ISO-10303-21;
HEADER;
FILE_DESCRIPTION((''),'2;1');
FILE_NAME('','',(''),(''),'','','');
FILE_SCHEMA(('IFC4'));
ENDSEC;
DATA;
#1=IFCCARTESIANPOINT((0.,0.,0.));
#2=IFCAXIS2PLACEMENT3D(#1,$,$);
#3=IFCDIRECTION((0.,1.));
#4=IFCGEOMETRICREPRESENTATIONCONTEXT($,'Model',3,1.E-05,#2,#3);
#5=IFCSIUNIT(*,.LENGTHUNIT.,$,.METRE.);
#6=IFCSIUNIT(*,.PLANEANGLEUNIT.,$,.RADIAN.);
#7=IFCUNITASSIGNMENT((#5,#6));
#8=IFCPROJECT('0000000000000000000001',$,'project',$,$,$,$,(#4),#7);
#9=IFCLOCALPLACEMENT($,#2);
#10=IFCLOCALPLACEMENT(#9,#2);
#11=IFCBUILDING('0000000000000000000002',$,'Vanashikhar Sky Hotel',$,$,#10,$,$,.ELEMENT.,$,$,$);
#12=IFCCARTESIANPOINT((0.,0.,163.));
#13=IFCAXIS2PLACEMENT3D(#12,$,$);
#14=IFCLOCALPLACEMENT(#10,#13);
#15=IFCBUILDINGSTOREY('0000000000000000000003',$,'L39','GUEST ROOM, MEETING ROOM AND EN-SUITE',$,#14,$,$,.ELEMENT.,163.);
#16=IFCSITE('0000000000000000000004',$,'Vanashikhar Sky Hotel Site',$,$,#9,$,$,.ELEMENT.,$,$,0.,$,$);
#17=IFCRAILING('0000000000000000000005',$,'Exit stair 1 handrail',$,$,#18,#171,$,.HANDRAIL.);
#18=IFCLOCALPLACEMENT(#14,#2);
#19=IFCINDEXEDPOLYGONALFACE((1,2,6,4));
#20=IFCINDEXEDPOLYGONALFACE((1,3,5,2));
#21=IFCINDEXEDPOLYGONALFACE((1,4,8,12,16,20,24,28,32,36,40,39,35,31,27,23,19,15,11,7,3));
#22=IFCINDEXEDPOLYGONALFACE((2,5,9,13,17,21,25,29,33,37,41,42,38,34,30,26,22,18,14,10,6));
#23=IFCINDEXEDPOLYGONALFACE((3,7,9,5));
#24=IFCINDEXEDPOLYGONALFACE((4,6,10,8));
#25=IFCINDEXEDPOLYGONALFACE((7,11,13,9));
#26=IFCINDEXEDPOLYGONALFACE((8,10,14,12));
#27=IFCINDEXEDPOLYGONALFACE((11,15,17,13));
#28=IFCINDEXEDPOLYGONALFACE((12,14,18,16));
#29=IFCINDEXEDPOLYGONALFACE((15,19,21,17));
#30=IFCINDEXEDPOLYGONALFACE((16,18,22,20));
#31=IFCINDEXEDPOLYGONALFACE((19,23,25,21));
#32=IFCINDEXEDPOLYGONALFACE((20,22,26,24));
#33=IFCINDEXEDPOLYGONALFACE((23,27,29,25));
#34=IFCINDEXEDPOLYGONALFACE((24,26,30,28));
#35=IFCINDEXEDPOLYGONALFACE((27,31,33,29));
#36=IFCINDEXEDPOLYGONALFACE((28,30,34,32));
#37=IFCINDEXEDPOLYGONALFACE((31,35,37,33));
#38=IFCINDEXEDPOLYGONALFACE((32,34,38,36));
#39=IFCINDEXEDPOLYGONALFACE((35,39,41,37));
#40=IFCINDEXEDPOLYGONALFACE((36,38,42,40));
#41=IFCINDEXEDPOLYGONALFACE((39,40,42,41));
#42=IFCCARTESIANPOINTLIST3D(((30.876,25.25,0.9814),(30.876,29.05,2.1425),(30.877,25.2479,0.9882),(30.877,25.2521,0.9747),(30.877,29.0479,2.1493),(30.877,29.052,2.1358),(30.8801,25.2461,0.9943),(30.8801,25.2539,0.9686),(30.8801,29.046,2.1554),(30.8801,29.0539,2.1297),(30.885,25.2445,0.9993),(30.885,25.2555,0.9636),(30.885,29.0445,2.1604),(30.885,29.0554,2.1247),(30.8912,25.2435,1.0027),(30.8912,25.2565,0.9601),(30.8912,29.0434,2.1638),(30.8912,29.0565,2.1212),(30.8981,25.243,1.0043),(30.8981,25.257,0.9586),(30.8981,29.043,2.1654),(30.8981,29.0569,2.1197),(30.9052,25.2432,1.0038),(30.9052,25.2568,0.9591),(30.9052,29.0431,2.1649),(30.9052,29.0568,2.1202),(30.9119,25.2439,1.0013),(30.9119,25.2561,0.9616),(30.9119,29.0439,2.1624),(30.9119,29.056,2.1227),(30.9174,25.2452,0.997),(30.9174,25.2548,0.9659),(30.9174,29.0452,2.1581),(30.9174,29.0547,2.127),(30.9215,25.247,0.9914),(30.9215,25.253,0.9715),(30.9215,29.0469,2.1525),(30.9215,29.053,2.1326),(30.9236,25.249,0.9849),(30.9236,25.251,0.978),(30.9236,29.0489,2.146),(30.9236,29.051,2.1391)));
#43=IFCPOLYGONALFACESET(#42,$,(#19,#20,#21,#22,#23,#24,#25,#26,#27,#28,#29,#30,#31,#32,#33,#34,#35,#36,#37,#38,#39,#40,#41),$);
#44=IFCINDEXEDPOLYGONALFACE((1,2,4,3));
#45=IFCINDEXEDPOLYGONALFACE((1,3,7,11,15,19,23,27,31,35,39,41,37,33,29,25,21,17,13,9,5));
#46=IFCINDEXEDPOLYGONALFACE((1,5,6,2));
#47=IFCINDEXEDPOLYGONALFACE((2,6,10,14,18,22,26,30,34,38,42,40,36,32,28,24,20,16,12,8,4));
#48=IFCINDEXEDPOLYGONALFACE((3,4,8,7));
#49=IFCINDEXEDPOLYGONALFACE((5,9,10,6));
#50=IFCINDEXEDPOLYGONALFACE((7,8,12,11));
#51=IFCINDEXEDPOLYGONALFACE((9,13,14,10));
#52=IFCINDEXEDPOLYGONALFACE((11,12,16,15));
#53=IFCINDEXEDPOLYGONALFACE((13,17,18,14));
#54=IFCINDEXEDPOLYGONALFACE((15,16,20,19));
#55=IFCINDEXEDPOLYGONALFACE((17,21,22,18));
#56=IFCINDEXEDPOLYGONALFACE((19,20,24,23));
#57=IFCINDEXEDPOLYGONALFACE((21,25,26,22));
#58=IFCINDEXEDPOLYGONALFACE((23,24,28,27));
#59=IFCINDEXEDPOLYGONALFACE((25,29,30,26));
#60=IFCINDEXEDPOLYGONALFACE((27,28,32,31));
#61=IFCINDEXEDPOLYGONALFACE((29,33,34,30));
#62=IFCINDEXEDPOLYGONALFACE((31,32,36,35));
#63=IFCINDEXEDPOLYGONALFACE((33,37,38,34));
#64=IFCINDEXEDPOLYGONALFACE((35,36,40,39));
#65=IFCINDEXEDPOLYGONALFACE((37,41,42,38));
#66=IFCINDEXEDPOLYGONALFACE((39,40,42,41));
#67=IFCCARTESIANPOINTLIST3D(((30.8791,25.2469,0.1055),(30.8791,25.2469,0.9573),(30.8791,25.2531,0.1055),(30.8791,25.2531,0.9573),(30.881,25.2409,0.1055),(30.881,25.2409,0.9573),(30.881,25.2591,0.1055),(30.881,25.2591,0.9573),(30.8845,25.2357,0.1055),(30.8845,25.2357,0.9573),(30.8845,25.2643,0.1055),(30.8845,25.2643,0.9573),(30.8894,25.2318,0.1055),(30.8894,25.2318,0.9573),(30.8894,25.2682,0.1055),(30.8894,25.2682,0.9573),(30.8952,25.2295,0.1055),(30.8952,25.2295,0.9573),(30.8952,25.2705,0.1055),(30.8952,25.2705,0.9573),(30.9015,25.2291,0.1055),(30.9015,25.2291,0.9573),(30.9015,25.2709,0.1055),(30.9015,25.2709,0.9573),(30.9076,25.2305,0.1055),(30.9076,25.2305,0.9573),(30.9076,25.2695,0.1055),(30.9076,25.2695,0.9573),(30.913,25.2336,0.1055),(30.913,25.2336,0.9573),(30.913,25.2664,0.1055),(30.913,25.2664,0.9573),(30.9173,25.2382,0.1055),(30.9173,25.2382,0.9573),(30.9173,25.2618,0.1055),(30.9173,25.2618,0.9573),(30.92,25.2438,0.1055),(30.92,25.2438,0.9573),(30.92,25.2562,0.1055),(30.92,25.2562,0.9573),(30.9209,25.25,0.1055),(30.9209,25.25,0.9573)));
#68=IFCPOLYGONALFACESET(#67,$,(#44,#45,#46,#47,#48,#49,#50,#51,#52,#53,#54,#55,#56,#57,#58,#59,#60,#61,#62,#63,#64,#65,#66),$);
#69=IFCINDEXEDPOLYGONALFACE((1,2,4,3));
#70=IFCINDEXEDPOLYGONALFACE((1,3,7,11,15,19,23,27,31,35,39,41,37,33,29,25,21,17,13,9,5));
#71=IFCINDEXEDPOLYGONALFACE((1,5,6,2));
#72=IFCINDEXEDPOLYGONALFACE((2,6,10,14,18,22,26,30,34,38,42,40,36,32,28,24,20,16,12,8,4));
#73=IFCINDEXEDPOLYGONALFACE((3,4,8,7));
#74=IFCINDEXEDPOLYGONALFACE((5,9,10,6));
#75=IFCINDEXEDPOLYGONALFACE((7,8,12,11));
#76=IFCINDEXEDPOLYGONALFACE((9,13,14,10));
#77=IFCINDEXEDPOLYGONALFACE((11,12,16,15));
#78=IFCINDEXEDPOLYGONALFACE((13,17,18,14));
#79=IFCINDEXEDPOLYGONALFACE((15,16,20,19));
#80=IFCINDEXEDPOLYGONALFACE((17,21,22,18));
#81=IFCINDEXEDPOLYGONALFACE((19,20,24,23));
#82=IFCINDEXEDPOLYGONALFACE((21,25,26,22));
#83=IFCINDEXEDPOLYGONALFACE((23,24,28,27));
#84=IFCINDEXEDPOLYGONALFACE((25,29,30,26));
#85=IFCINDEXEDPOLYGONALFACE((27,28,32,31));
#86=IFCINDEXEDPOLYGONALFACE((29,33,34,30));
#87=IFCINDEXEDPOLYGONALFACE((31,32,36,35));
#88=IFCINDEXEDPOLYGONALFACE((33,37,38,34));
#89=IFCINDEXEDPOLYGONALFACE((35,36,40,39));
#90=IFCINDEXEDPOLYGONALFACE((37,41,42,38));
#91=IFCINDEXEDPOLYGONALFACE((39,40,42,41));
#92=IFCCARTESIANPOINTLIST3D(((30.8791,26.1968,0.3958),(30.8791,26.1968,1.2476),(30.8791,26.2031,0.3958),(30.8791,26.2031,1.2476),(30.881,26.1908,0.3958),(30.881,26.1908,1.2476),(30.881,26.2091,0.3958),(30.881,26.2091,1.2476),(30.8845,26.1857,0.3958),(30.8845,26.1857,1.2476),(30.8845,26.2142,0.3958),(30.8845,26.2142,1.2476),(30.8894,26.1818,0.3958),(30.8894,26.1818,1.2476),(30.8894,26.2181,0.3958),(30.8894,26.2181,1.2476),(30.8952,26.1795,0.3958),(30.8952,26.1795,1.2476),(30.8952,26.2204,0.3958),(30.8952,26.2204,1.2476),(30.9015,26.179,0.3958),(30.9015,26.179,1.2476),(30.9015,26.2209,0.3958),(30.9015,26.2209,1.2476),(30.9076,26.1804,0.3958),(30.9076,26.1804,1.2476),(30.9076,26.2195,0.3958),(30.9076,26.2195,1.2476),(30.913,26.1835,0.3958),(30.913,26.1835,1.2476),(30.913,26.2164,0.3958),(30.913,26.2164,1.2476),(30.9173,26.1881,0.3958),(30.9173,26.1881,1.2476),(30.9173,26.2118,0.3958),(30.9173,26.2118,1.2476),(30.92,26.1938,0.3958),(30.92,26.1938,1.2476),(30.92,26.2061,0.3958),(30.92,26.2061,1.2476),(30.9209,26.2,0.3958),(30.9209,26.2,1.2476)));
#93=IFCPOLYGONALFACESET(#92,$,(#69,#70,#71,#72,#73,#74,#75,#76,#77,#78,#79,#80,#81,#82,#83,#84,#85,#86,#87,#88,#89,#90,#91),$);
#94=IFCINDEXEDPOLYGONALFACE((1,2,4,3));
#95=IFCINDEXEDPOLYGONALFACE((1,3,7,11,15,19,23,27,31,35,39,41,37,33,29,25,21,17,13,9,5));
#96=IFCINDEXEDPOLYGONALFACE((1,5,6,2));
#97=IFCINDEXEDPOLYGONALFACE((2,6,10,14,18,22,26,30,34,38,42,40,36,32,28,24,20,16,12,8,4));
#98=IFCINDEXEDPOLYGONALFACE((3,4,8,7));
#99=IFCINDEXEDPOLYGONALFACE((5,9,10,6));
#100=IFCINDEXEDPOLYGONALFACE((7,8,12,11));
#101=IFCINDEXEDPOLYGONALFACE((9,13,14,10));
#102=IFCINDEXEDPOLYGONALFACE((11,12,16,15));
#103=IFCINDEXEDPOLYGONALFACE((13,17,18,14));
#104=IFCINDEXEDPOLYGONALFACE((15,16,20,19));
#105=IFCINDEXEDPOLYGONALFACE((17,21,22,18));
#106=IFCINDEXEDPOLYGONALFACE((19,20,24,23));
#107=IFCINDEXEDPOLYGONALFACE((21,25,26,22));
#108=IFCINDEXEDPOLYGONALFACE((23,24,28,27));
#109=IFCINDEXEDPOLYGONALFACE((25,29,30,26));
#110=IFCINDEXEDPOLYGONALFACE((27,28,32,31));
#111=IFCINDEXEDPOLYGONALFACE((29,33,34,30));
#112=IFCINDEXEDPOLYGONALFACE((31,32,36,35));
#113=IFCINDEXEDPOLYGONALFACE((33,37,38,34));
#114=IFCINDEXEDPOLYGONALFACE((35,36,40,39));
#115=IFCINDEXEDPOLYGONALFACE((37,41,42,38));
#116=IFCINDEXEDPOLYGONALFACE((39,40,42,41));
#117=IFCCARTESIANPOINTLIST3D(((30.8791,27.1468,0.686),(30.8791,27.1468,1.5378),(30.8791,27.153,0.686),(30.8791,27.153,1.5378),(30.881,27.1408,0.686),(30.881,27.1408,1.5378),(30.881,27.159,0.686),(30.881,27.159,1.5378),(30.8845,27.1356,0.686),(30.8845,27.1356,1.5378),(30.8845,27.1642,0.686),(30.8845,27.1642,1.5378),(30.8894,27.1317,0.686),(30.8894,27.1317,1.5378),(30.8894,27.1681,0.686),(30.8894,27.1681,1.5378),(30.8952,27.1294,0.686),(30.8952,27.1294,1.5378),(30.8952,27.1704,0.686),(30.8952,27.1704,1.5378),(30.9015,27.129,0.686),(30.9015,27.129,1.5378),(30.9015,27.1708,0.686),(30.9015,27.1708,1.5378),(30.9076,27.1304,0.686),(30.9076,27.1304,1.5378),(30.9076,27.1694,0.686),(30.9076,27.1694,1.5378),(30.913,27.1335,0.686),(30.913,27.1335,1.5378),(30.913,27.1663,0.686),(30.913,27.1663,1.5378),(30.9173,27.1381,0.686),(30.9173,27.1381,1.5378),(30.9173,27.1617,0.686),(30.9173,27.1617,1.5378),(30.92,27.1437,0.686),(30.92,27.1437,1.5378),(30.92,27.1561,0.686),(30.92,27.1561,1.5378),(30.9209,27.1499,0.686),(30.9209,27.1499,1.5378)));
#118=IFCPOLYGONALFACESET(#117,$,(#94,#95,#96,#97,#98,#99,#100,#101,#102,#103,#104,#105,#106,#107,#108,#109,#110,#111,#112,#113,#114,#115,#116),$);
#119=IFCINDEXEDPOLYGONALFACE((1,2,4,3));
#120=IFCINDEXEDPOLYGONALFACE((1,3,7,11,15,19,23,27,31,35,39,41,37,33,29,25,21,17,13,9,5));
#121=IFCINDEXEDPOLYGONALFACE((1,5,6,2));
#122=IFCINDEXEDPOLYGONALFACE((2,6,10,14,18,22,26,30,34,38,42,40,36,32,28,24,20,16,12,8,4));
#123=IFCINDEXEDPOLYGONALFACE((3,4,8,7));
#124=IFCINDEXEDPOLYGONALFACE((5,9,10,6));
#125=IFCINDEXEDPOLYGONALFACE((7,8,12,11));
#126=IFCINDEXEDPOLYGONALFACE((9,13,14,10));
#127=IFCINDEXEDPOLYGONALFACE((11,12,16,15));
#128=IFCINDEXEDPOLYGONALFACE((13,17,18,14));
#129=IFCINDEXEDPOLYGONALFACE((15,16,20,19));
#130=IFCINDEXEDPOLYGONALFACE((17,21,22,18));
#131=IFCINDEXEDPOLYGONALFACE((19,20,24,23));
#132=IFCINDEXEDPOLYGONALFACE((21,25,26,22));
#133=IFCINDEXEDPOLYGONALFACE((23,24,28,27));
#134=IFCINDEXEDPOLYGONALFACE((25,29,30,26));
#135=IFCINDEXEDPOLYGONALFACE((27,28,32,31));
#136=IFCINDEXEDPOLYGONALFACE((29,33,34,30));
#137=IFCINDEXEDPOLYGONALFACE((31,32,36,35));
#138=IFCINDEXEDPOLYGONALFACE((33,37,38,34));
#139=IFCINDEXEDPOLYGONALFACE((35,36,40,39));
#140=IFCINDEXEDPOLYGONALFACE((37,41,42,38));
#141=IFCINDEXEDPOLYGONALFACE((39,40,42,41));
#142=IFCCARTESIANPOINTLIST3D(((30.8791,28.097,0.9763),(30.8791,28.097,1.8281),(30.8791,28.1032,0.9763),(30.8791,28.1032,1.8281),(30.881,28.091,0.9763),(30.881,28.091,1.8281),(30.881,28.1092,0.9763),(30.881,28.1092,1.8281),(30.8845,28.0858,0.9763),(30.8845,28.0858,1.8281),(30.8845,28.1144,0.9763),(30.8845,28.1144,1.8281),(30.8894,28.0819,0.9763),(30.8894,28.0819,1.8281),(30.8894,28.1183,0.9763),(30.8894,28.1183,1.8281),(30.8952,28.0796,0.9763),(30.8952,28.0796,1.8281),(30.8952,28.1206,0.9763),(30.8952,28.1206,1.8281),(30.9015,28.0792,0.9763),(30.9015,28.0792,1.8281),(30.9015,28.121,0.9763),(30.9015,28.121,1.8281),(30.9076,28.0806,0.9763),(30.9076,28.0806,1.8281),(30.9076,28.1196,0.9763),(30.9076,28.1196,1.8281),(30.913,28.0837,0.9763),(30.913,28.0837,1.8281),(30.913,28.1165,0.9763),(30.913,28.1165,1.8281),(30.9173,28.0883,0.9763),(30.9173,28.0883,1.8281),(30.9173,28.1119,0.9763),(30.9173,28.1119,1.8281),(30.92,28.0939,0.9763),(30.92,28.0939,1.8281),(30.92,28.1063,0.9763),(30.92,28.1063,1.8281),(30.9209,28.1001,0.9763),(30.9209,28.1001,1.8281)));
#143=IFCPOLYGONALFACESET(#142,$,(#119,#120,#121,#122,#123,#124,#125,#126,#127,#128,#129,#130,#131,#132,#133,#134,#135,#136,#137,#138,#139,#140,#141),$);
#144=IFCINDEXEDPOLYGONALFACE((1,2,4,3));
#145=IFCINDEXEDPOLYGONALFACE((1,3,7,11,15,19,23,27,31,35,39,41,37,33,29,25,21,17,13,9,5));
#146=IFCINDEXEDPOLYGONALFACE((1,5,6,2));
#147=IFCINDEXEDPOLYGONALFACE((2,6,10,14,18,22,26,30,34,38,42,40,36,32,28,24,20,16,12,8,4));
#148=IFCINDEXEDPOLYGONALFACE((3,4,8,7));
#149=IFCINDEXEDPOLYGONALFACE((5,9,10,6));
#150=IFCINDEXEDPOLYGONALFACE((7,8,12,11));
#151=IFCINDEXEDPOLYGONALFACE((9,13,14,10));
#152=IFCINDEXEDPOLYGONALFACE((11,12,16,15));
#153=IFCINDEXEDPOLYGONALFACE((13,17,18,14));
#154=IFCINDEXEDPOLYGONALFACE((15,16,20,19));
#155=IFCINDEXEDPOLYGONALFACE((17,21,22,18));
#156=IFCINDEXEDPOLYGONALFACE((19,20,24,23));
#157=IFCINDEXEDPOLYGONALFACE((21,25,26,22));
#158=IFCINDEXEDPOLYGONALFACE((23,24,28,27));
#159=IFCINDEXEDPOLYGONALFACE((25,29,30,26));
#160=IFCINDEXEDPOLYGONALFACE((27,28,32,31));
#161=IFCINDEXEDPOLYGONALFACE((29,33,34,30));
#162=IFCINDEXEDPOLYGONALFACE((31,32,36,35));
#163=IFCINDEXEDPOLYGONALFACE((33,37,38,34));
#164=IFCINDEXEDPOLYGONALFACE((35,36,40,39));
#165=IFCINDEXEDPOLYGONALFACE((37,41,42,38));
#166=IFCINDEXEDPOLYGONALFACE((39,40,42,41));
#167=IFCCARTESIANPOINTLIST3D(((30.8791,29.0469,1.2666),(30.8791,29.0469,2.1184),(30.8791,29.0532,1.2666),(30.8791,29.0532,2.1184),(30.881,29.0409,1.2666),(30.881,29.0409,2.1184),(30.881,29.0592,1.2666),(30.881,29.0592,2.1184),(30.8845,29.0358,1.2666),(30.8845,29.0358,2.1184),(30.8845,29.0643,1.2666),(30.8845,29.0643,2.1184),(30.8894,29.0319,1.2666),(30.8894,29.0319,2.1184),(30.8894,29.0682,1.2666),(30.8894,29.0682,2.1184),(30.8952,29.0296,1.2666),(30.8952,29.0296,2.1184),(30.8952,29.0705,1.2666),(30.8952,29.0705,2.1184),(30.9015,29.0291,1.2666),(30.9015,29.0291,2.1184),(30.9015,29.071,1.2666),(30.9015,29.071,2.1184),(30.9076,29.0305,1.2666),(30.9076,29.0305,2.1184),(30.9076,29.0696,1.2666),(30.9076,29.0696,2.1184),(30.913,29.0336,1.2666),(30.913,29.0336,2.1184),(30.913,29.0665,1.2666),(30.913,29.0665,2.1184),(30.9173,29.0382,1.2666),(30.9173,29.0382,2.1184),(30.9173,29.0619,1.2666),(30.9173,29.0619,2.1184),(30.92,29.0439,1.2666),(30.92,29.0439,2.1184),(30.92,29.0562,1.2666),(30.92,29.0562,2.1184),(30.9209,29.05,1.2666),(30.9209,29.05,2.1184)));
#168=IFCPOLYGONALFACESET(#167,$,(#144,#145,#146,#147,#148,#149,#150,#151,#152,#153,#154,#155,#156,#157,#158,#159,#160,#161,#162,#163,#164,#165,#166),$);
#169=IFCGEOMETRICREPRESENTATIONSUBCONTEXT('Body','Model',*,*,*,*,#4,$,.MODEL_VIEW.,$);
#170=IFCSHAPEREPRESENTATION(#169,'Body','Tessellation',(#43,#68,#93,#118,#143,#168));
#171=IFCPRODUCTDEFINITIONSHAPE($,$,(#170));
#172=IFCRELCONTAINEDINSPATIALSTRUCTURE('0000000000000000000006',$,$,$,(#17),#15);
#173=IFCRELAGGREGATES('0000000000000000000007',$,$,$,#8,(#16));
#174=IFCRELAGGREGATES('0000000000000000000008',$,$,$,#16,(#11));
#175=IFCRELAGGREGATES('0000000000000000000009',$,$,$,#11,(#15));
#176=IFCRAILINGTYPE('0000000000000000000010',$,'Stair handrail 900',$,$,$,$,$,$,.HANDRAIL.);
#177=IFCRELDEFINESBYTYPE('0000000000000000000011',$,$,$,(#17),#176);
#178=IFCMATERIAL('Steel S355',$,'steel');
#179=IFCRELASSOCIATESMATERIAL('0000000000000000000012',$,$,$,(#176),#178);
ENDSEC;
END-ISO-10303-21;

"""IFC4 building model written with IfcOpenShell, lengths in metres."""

from ifc_helpers import new_model, si_unit, direction, frame, origin, origin_2d, place, context, subcontext, project, spatial, circle, extrude, source, transform, mapped, material, type_object, element, save


model = new_model("IFC4")

# Units and contexts
model_context = context("Model", 3, precision=1e-05, world=origin(), true_north=direction((0.0, 1.0)))
body_context = subcontext(model_context, "Body", "Model", "MODEL_VIEW")
ifc_project = project(units=[si_unit("LENGTHUNIT", "METRE"), si_unit("PLANEANGLEUNIT", "RADIAN")], contexts=[model_context])

# Site, building, storey
site_placement = place(None, origin())
site = spatial("IfcSite", under=ifc_project, at=site_placement, Name="Vanashikhar Sky Hotel Site", CompositionType="ELEMENT", RefElevation=0.0)
building_placement = place(site_placement, origin())
building = spatial("IfcBuilding", under=site, at=building_placement, Name="Vanashikhar Sky Hotel", CompositionType="ELEMENT")
storey_placement = place(building_placement, frame((0.0, 0.0, 163.0)))
storey = spatial("IfcBuildingStorey", under=building, at=storey_placement, Name="L39", Description="GUEST ROOM, MEETING ROOM AND EN-SUITE", CompositionType="ELEMENT", Elevation=163.0)

# Railing
ifc_material_1 = material(Name="Steel S355", Category="steel")
railing_type_1 = type_object("IfcRailingType", Name="Stair handrail 900", PredefinedType="HANDRAIL", material=ifc_material_1)
shared_shape_1 = source(origin(), body_context, "Body", "SweptSolid", [
    extrude(circle(Radius=0.0239, at=origin_2d()), frame((0.0, 0.0, 0.876), z_axis=(0.0, 0.956351, 0.29222), x_axis=(-1.0, 0.0, 0.0)), (0.0, 0.0, 1.0), 3.9734),
    extrude(circle(Radius=0.021, at=origin_2d()), origin(), (0.0, 0.0, 1.0), 0.8518),
    extrude(circle(Radius=0.021, at=origin_2d()), frame((0.0, 0.95, 0.2903)), (0.0, 0.0, 1.0), 0.8518),
    extrude(circle(Radius=0.021, at=origin_2d()), frame((0.0, 1.8999, 0.5806)), (0.0, 0.0, 1.0), 0.8518),
    extrude(circle(Radius=0.021, at=origin_2d()), frame((0.0, 2.8501, 0.8708)), (0.0, 0.0, 1.0), 0.8518),
    extrude(circle(Radius=0.021, at=origin_2d()), frame((0.0, 3.8, 1.1611)), (0.0, 0.0, 1.0), 0.8518),
])
for number, where, name in (
    (1, (30.8999, 25.25, 0.1055), "Exit stair 1 handrail"),
):
    element("IfcRailing", number, at=place(storey_placement, frame(where)), inside=storey, type_object=railing_type_1, Name=name, PredefinedType="HANDRAIL", context=body_context, shape_type="MappedRepresentation", body=[
        mapped(shared_shape_1, transform((0.0, 0.0, 0.0), scale=1.0)),
    ])

save(model, "model.ifc")
